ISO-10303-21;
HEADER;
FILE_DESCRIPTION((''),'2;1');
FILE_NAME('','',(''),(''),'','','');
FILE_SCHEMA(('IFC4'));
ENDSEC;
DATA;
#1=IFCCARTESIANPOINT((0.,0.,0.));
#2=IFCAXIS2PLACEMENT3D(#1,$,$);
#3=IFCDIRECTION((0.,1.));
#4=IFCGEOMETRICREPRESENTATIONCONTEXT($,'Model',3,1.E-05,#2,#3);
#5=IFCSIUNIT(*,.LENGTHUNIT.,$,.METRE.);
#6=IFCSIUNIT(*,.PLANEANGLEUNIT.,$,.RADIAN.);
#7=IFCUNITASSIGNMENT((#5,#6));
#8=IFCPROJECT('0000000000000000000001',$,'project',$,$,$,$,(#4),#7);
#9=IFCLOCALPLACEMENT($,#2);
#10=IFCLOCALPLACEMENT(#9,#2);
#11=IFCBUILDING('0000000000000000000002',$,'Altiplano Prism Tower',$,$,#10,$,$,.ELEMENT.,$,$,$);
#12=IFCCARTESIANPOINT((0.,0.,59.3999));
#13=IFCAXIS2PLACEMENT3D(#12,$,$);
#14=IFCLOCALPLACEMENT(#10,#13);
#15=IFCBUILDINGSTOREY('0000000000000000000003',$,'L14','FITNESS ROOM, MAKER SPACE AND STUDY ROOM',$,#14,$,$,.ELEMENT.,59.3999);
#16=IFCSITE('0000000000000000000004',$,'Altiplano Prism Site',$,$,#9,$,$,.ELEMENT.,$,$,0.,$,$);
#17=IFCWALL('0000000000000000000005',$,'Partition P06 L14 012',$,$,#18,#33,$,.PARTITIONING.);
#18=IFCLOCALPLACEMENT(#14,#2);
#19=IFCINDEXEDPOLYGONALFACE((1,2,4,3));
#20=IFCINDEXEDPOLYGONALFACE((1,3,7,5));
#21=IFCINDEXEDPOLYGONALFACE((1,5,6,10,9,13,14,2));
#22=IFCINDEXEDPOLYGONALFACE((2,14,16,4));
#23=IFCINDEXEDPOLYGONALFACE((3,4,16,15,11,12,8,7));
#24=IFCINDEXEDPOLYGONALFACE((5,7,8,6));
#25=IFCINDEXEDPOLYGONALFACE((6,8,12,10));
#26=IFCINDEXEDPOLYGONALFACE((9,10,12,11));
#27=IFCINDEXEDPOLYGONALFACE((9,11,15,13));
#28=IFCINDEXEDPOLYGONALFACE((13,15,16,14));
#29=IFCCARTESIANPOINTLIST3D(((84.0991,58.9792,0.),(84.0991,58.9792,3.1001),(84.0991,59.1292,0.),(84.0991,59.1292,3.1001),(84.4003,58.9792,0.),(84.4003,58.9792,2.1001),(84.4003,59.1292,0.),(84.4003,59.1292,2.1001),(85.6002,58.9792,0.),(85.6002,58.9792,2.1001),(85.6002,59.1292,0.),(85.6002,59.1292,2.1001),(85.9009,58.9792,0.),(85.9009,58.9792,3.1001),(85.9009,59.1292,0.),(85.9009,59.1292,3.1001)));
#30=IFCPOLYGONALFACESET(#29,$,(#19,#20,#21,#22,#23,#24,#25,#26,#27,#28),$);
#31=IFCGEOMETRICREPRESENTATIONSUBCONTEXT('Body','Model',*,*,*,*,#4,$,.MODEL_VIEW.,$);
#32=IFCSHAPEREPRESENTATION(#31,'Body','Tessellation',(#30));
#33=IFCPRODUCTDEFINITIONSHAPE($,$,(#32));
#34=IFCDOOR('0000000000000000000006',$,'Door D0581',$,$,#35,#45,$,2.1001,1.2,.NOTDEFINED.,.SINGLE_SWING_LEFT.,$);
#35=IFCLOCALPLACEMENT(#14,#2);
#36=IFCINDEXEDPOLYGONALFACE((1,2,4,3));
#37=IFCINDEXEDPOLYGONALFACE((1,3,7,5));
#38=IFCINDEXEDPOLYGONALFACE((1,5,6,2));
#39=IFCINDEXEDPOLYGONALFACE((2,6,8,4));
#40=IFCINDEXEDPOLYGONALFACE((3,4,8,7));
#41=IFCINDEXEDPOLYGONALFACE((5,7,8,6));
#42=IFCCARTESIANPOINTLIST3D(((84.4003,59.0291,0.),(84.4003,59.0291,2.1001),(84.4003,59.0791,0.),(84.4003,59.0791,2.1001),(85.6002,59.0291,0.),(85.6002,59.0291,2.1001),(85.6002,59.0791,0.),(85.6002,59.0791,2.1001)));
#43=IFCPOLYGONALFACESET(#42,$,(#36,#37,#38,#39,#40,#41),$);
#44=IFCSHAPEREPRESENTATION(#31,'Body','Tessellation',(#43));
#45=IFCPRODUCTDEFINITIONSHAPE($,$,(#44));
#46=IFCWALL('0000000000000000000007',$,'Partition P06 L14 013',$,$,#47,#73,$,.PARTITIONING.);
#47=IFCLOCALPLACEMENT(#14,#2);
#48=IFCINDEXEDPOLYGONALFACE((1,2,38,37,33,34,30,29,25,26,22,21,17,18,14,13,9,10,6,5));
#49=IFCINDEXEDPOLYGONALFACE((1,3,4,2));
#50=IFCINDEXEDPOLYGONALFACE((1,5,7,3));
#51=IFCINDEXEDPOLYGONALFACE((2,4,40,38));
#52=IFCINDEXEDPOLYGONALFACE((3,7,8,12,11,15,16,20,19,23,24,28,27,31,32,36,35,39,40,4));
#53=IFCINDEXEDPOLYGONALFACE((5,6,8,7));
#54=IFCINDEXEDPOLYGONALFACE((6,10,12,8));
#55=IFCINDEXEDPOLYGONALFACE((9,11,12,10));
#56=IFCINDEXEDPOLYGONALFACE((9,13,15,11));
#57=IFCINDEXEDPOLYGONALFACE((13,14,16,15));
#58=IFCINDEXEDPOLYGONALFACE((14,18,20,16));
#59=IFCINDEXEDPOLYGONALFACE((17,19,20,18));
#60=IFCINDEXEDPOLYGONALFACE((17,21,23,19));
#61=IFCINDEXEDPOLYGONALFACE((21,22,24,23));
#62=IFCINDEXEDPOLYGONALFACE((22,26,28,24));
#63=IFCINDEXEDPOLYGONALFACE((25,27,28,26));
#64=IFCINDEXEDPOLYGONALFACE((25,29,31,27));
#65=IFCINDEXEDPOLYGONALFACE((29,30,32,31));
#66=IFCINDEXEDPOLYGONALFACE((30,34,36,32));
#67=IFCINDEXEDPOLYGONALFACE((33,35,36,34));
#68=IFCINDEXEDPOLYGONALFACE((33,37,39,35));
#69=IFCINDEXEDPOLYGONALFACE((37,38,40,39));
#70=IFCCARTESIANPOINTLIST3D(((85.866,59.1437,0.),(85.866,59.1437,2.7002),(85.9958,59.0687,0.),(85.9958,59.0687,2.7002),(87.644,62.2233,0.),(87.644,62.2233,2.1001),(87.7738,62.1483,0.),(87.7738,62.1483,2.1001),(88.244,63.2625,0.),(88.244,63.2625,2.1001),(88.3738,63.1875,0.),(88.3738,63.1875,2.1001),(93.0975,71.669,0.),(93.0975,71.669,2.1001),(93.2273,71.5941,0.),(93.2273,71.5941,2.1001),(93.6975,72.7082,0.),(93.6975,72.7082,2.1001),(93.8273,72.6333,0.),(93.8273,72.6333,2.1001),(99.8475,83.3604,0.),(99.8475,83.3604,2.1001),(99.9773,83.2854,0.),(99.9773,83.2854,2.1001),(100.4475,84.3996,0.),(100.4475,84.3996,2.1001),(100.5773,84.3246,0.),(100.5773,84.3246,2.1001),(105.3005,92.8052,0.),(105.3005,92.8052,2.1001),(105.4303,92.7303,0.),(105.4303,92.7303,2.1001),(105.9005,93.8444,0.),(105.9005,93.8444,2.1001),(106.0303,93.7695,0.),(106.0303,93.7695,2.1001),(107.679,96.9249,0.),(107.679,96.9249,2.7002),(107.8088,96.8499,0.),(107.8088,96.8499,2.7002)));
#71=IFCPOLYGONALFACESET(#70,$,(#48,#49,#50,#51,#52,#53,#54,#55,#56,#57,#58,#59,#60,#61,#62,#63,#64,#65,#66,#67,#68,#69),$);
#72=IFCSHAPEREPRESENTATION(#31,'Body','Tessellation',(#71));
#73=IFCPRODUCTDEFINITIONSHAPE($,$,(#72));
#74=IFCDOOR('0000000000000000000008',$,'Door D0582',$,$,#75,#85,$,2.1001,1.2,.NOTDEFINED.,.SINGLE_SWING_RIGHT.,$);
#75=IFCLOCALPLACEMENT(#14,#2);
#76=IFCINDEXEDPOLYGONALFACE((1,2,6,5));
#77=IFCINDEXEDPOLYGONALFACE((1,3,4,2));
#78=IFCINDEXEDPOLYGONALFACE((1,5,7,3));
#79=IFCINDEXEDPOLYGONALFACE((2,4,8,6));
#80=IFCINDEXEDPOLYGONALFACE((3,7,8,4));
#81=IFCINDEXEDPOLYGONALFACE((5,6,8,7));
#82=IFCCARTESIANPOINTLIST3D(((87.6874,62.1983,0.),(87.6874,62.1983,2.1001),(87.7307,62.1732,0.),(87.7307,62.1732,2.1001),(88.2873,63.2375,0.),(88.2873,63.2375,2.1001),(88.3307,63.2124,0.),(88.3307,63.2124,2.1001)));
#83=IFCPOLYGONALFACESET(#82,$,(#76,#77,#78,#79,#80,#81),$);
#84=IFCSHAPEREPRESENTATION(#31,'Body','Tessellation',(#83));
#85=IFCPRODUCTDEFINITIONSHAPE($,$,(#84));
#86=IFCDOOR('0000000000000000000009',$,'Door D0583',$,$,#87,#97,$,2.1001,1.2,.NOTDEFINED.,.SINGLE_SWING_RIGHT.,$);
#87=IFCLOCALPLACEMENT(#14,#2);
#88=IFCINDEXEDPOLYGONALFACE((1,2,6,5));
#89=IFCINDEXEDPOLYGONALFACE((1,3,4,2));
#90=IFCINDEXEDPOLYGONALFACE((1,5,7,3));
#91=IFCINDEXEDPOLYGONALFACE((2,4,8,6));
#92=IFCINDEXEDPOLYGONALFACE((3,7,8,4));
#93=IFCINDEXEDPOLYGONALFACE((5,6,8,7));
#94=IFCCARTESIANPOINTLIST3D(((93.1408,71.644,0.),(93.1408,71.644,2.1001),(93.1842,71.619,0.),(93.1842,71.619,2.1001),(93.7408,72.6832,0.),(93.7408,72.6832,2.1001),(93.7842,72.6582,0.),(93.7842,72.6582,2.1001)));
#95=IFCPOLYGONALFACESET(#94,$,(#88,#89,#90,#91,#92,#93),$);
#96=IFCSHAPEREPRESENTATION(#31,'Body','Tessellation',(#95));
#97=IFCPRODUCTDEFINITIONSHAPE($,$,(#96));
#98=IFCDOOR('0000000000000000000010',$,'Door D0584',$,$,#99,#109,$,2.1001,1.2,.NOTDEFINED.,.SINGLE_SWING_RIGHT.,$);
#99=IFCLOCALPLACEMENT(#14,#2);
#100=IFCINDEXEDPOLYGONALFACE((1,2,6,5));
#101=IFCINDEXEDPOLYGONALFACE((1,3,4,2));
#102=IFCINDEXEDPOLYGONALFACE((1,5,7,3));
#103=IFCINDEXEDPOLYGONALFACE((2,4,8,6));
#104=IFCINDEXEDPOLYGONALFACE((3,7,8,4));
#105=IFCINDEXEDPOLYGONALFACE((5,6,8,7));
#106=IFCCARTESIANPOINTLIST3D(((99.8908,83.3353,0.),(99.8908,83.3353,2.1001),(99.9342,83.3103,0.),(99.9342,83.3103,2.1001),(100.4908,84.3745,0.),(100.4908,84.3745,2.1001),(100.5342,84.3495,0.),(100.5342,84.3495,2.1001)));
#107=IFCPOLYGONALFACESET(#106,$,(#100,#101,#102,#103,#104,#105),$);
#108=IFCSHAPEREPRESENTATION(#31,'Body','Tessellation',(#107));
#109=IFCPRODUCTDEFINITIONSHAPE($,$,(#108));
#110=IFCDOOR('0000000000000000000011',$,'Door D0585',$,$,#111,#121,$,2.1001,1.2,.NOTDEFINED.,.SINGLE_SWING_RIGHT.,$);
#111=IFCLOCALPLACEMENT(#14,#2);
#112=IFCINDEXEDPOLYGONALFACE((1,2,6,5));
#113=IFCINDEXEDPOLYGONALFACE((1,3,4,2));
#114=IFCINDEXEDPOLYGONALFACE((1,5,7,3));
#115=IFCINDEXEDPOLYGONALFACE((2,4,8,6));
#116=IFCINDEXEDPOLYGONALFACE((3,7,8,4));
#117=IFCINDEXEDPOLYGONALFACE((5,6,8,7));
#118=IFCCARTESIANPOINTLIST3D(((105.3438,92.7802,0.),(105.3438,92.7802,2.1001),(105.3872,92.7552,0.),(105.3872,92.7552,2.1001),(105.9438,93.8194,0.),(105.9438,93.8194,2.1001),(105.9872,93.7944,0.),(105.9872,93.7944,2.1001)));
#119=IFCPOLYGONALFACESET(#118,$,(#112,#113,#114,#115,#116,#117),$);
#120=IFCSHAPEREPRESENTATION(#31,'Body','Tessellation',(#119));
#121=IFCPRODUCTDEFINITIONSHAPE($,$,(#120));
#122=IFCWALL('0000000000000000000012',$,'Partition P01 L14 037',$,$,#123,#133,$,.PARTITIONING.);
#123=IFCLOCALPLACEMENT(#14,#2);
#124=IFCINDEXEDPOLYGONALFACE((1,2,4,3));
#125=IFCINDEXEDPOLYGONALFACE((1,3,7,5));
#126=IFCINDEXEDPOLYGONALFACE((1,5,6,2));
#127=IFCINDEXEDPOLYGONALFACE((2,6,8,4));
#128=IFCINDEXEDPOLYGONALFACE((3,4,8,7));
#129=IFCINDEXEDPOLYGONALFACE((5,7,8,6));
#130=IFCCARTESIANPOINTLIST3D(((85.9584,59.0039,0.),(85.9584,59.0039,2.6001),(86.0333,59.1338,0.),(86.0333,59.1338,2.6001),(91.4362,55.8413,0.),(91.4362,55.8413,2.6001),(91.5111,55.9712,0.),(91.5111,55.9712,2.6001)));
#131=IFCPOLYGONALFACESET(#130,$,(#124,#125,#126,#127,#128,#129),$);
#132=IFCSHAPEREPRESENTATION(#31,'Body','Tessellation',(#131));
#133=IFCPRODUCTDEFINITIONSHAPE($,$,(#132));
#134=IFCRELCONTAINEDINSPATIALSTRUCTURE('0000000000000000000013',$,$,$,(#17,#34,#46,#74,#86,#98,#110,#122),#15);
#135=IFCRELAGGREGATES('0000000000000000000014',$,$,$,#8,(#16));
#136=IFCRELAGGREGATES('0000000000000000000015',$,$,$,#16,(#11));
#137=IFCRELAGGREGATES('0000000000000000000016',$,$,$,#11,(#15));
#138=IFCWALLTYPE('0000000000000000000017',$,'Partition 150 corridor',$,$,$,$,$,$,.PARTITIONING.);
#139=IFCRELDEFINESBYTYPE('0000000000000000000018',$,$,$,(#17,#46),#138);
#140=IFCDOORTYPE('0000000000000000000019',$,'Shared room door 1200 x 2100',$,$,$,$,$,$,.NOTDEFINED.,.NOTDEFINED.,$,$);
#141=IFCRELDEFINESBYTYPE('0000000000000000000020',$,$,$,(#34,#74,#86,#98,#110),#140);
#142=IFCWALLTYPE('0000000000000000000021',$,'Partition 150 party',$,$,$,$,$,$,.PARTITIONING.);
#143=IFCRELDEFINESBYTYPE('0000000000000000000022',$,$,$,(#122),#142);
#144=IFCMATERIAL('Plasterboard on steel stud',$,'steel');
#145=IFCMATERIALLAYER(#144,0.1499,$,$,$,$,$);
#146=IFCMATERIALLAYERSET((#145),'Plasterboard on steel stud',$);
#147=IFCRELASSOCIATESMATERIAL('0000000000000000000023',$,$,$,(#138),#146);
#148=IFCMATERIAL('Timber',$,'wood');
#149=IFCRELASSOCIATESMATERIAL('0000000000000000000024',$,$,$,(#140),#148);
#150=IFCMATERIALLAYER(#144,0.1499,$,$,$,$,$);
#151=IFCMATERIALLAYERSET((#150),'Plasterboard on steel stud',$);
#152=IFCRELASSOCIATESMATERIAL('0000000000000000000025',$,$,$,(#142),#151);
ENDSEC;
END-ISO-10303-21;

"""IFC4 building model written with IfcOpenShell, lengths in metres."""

from ifc_helpers import new_model, si_unit, direction, frame, frame_2d, origin, place, context, subcontext, project, spatial, rectangle, extrude, material, layer, layer_set, type_object, element, fill, save


model = new_model("IFC4")

# Units and contexts
model_context = context("Model", 3, precision=1e-05, world=origin(), true_north=direction((0.0, 1.0)))
body_context = subcontext(model_context, "Body", "Model", "MODEL_VIEW")
ifc_project = project(units=[si_unit("LENGTHUNIT", "METRE"), si_unit("PLANEANGLEUNIT", "RADIAN")], contexts=[model_context])

# Site, building, storey
site_placement = place(None, origin())
site = spatial("IfcSite", under=ifc_project, at=site_placement, Name="Altiplano Prism Site", CompositionType="ELEMENT", RefElevation=0.0)
building_placement = place(site_placement, origin())
building = spatial("IfcBuilding", under=site, at=building_placement, Name="Altiplano Prism Tower", CompositionType="ELEMENT")
storey_placement = place(building_placement, frame((0.0, 0.0, 59.3999)))
storey = spatial("IfcBuildingStorey", under=building, at=storey_placement, Name="L14", Description="FITNESS ROOM, MAKER SPACE AND STUDY ROOM", CompositionType="ELEMENT", Elevation=59.3999)

# Wall, opening, door
ifc_material_1 = material(Name="Plasterboard on steel stud", Category="steel")
ifc_layer_1 = layer(ifc_material_1, 0.1499)
ifc_layer_set_1 = layer_set([ifc_layer_1], Name="Plasterboard on steel stud")
wall_type_1 = type_object("IfcWallType", Name="Partition 150 corridor", PredefinedType="PARTITIONING", material=ifc_layer_set_1)
wall_1_placement = place(storey_placement, frame((84.0991, 59.0542, 0.0), z_axis=(0.0, 0.0, 1.0), x_axis=(1.0, 0.0, 0.0)))
wall_1 = element("IfcWall", 1, at=wall_1_placement, inside=storey, type_object=wall_type_1, Name="Partition P06 L14 012", PredefinedType="PARTITIONING", context=body_context, shape_type="SweptSolid", body=[
    extrude(rectangle(XDim=1.8018, YDim=0.1499, at=frame_2d((0.9009, 0.0))), origin(), (0.0, 0.0, 1.0), 3.1001),
])
opening_1_placement = place(wall_1_placement, frame((0.301, 0.0, 0.0)))
opening_1 = element("IfcOpeningElement", 2, at=opening_1_placement, cuts=wall_1, PredefinedType="OPENING", context=body_context, shape_type="SweptSolid", body=[
    extrude(rectangle(XDim=1.2, YDim=2.1001, at=frame_2d((0.6001, 1.05))), frame((0.0, 0.0854, 0.0), z_axis=(0.0, -1.0, 0.0), x_axis=(1.0, 0.0, 0.0)), (0.0, 0.0, 1.0), 0.1709),
])
ifc_material_2 = material(Name="Timber", Category="wood")
door_type = type_object("IfcDoorType", Name="Shared room door 1200 x 2100", OperationType="NOTDEFINED", PredefinedType="NOTDEFINED", material=ifc_material_2)
door_1_placement = place(opening_1_placement, origin())
door_1 = element("IfcDoor", 3, at=door_1_placement, inside=storey, type_object=door_type, Name="Door D0581", OperationType="SINGLE_SWING_LEFT", OverallHeight=2.1001, OverallWidth=1.2, PredefinedType="NOTDEFINED", context=body_context, shape_type="SweptSolid", body=[
    extrude(rectangle(XDim=1.2, YDim=2.1001, at=frame_2d((0.6001, 1.05))), frame((0.0, 0.0249, 0.0), z_axis=(0.0, -1.0, 0.0), x_axis=(1.0, 0.0, 0.0)), (0.0, 0.0, 1.0), 0.05),
])
fill(opening_1, door_1)

# Wall, openings, doors
wall_2_placement = place(storey_placement, frame((85.9309, 59.1062, 0.0), z_axis=(0.0, 0.0, 1.0), x_axis=(0.5, 0.866026, 0.0)))
wall_2 = element("IfcWall", 4, at=wall_2_placement, inside=storey, type_object=wall_type_1, Name="Partition P06 L14 013", PredefinedType="PARTITIONING", context=body_context, shape_type="SweptSolid", body=[
    extrude(rectangle(XDim=43.626, YDim=0.1499, at=frame_2d((21.813, 0.0))), origin(), (0.0, 0.0, 1.0), 2.7002),
])
opening_2_placement = place(wall_2_placement, frame((3.5559, 0.0, 0.0)))
opening_2 = element("IfcOpeningElement", 5, at=opening_2_placement, cuts=wall_2, PredefinedType="OPENING", context=body_context, shape_type="SweptSolid", body=[
    extrude(rectangle(XDim=1.2, YDim=2.1001, at=frame_2d((0.6001, 1.05))), frame((0.0, 0.0854, 0.0), z_axis=(0.0, -1.0, 0.0), x_axis=(1.0, 0.0, 0.0)), (0.0, 0.0, 1.0), 0.1709),
])
opening_3_placement = place(wall_2_placement, frame((14.4629, 0.0, 0.0)))
opening_3 = element("IfcOpeningElement", 6, at=opening_3_placement, cuts=wall_2, PredefinedType="OPENING", context=body_context, shape_type="SweptSolid", body=[
    extrude(rectangle(XDim=1.2, YDim=2.1001, at=frame_2d((0.6001, 1.05))), frame((0.0, 0.0854, 0.0), z_axis=(0.0, -1.0, 0.0), x_axis=(1.0, 0.0, 0.0)), (0.0, 0.0, 1.0), 0.1709),
])
opening_4_placement = place(wall_2_placement, frame((27.9629, 0.0, 0.0)))
opening_4 = element("IfcOpeningElement", 7, at=opening_4_placement, cuts=wall_2, PredefinedType="OPENING", context=body_context, shape_type="SweptSolid", body=[
    extrude(rectangle(XDim=1.2, YDim=2.1001, at=frame_2d((0.6001, 1.05))), frame((0.0, 0.0854, 0.0), z_axis=(0.0, -1.0, 0.0), x_axis=(1.0, 0.0, 0.0)), (0.0, 0.0, 1.0), 0.1709),
])
opening_5_placement = place(wall_2_placement, frame((38.8689, 0.0, 0.0)))
opening_5 = element("IfcOpeningElement", 8, at=opening_5_placement, cuts=wall_2, PredefinedType="OPENING", context=body_context, shape_type="SweptSolid", body=[
    extrude(rectangle(XDim=1.2, YDim=2.1001, at=frame_2d((0.6001, 1.05))), frame((0.0, 0.0854, 0.0), z_axis=(0.0, -1.0, 0.0), x_axis=(1.0, 0.0, 0.0)), (0.0, 0.0, 1.0), 0.1709),
])
door_2_placement = place(opening_2_placement, origin())
door_2 = element("IfcDoor", 9, at=door_2_placement, inside=storey, type_object=door_type, Name="Door D0582", OperationType="SINGLE_SWING_RIGHT", OverallHeight=2.1001, OverallWidth=1.2, PredefinedType="NOTDEFINED", context=body_context, shape_type="SweptSolid", body=[
    extrude(rectangle(XDim=1.2, YDim=2.1001, at=frame_2d((0.6001, 1.05))), frame((0.0, 0.0249, 0.0), z_axis=(0.0, -1.0, 0.0), x_axis=(1.0, 0.0, 0.0)), (0.0, 0.0, 1.0), 0.05),
])
fill(opening_2, door_2)
door_3_placement = place(opening_3_placement, origin())
door_3 = element("IfcDoor", 10, at=door_3_placement, inside=storey, type_object=door_type, Name="Door D0583", OperationType="SINGLE_SWING_RIGHT", OverallHeight=2.1001, OverallWidth=1.2, PredefinedType="NOTDEFINED", context=body_context, shape_type="SweptSolid", body=[
    extrude(rectangle(XDim=1.2, YDim=2.1001, at=frame_2d((0.6001, 1.05))), frame((0.0, 0.0249, 0.0), z_axis=(0.0, -1.0, 0.0), x_axis=(1.0, 0.0, 0.0)), (0.0, 0.0, 1.0), 0.05),
])
fill(opening_3, door_3)
door_4_placement = place(opening_4_placement, origin())
door_4 = element("IfcDoor", 11, at=door_4_placement, inside=storey, type_object=door_type, Name="Door D0584", OperationType="SINGLE_SWING_RIGHT", OverallHeight=2.1001, OverallWidth=1.2, PredefinedType="NOTDEFINED", context=body_context, shape_type="SweptSolid", body=[
    extrude(rectangle(XDim=1.2, YDim=2.1001, at=frame_2d((0.6001, 1.05))), frame((0.0, 0.0249, 0.0), z_axis=(0.0, -1.0, 0.0), x_axis=(1.0, 0.0, 0.0)), (0.0, 0.0, 1.0), 0.05),
])
fill(opening_4, door_4)
door_5_placement = place(opening_5_placement, origin())
door_5 = element("IfcDoor", 12, at=door_5_placement, inside=storey, type_object=door_type, Name="Door D0585", OperationType="SINGLE_SWING_RIGHT", OverallHeight=2.1001, OverallWidth=1.2, PredefinedType="NOTDEFINED", context=body_context, shape_type="SweptSolid", body=[
    extrude(rectangle(XDim=1.2, YDim=2.1001, at=frame_2d((0.6001, 1.05))), frame((0.0, 0.0249, 0.0), z_axis=(0.0, -1.0, 0.0), x_axis=(1.0, 0.0, 0.0)), (0.0, 0.0, 1.0), 0.05),
])
fill(opening_5, door_5)

# Wall
ifc_layer_2 = layer(ifc_material_1, 0.1499)
ifc_layer_set_2 = layer_set([ifc_layer_2], Name="Plasterboard on steel stud")
wall_type_2 = type_object("IfcWallType", Name="Partition 150 party", PredefinedType="PARTITIONING", material=ifc_layer_set_2)
wall_3_placement = place(storey_placement, frame((91.4736, 55.9062, 0.0), z_axis=(0.0, 0.0, 1.0), x_axis=(-0.866026, 0.5, 0.0)))
element("IfcWall", 13, at=wall_3_placement, inside=storey, type_object=wall_type_2, Name="Partition P01 L14 037", PredefinedType="PARTITIONING", context=body_context, shape_type="SweptSolid", body=[
    extrude(rectangle(XDim=6.3252, YDim=0.1499, at=frame_2d((3.1626, 0.0))), origin(), (0.0, 0.0, 1.0), 2.6001),
])

save(model, "model.ifc")
